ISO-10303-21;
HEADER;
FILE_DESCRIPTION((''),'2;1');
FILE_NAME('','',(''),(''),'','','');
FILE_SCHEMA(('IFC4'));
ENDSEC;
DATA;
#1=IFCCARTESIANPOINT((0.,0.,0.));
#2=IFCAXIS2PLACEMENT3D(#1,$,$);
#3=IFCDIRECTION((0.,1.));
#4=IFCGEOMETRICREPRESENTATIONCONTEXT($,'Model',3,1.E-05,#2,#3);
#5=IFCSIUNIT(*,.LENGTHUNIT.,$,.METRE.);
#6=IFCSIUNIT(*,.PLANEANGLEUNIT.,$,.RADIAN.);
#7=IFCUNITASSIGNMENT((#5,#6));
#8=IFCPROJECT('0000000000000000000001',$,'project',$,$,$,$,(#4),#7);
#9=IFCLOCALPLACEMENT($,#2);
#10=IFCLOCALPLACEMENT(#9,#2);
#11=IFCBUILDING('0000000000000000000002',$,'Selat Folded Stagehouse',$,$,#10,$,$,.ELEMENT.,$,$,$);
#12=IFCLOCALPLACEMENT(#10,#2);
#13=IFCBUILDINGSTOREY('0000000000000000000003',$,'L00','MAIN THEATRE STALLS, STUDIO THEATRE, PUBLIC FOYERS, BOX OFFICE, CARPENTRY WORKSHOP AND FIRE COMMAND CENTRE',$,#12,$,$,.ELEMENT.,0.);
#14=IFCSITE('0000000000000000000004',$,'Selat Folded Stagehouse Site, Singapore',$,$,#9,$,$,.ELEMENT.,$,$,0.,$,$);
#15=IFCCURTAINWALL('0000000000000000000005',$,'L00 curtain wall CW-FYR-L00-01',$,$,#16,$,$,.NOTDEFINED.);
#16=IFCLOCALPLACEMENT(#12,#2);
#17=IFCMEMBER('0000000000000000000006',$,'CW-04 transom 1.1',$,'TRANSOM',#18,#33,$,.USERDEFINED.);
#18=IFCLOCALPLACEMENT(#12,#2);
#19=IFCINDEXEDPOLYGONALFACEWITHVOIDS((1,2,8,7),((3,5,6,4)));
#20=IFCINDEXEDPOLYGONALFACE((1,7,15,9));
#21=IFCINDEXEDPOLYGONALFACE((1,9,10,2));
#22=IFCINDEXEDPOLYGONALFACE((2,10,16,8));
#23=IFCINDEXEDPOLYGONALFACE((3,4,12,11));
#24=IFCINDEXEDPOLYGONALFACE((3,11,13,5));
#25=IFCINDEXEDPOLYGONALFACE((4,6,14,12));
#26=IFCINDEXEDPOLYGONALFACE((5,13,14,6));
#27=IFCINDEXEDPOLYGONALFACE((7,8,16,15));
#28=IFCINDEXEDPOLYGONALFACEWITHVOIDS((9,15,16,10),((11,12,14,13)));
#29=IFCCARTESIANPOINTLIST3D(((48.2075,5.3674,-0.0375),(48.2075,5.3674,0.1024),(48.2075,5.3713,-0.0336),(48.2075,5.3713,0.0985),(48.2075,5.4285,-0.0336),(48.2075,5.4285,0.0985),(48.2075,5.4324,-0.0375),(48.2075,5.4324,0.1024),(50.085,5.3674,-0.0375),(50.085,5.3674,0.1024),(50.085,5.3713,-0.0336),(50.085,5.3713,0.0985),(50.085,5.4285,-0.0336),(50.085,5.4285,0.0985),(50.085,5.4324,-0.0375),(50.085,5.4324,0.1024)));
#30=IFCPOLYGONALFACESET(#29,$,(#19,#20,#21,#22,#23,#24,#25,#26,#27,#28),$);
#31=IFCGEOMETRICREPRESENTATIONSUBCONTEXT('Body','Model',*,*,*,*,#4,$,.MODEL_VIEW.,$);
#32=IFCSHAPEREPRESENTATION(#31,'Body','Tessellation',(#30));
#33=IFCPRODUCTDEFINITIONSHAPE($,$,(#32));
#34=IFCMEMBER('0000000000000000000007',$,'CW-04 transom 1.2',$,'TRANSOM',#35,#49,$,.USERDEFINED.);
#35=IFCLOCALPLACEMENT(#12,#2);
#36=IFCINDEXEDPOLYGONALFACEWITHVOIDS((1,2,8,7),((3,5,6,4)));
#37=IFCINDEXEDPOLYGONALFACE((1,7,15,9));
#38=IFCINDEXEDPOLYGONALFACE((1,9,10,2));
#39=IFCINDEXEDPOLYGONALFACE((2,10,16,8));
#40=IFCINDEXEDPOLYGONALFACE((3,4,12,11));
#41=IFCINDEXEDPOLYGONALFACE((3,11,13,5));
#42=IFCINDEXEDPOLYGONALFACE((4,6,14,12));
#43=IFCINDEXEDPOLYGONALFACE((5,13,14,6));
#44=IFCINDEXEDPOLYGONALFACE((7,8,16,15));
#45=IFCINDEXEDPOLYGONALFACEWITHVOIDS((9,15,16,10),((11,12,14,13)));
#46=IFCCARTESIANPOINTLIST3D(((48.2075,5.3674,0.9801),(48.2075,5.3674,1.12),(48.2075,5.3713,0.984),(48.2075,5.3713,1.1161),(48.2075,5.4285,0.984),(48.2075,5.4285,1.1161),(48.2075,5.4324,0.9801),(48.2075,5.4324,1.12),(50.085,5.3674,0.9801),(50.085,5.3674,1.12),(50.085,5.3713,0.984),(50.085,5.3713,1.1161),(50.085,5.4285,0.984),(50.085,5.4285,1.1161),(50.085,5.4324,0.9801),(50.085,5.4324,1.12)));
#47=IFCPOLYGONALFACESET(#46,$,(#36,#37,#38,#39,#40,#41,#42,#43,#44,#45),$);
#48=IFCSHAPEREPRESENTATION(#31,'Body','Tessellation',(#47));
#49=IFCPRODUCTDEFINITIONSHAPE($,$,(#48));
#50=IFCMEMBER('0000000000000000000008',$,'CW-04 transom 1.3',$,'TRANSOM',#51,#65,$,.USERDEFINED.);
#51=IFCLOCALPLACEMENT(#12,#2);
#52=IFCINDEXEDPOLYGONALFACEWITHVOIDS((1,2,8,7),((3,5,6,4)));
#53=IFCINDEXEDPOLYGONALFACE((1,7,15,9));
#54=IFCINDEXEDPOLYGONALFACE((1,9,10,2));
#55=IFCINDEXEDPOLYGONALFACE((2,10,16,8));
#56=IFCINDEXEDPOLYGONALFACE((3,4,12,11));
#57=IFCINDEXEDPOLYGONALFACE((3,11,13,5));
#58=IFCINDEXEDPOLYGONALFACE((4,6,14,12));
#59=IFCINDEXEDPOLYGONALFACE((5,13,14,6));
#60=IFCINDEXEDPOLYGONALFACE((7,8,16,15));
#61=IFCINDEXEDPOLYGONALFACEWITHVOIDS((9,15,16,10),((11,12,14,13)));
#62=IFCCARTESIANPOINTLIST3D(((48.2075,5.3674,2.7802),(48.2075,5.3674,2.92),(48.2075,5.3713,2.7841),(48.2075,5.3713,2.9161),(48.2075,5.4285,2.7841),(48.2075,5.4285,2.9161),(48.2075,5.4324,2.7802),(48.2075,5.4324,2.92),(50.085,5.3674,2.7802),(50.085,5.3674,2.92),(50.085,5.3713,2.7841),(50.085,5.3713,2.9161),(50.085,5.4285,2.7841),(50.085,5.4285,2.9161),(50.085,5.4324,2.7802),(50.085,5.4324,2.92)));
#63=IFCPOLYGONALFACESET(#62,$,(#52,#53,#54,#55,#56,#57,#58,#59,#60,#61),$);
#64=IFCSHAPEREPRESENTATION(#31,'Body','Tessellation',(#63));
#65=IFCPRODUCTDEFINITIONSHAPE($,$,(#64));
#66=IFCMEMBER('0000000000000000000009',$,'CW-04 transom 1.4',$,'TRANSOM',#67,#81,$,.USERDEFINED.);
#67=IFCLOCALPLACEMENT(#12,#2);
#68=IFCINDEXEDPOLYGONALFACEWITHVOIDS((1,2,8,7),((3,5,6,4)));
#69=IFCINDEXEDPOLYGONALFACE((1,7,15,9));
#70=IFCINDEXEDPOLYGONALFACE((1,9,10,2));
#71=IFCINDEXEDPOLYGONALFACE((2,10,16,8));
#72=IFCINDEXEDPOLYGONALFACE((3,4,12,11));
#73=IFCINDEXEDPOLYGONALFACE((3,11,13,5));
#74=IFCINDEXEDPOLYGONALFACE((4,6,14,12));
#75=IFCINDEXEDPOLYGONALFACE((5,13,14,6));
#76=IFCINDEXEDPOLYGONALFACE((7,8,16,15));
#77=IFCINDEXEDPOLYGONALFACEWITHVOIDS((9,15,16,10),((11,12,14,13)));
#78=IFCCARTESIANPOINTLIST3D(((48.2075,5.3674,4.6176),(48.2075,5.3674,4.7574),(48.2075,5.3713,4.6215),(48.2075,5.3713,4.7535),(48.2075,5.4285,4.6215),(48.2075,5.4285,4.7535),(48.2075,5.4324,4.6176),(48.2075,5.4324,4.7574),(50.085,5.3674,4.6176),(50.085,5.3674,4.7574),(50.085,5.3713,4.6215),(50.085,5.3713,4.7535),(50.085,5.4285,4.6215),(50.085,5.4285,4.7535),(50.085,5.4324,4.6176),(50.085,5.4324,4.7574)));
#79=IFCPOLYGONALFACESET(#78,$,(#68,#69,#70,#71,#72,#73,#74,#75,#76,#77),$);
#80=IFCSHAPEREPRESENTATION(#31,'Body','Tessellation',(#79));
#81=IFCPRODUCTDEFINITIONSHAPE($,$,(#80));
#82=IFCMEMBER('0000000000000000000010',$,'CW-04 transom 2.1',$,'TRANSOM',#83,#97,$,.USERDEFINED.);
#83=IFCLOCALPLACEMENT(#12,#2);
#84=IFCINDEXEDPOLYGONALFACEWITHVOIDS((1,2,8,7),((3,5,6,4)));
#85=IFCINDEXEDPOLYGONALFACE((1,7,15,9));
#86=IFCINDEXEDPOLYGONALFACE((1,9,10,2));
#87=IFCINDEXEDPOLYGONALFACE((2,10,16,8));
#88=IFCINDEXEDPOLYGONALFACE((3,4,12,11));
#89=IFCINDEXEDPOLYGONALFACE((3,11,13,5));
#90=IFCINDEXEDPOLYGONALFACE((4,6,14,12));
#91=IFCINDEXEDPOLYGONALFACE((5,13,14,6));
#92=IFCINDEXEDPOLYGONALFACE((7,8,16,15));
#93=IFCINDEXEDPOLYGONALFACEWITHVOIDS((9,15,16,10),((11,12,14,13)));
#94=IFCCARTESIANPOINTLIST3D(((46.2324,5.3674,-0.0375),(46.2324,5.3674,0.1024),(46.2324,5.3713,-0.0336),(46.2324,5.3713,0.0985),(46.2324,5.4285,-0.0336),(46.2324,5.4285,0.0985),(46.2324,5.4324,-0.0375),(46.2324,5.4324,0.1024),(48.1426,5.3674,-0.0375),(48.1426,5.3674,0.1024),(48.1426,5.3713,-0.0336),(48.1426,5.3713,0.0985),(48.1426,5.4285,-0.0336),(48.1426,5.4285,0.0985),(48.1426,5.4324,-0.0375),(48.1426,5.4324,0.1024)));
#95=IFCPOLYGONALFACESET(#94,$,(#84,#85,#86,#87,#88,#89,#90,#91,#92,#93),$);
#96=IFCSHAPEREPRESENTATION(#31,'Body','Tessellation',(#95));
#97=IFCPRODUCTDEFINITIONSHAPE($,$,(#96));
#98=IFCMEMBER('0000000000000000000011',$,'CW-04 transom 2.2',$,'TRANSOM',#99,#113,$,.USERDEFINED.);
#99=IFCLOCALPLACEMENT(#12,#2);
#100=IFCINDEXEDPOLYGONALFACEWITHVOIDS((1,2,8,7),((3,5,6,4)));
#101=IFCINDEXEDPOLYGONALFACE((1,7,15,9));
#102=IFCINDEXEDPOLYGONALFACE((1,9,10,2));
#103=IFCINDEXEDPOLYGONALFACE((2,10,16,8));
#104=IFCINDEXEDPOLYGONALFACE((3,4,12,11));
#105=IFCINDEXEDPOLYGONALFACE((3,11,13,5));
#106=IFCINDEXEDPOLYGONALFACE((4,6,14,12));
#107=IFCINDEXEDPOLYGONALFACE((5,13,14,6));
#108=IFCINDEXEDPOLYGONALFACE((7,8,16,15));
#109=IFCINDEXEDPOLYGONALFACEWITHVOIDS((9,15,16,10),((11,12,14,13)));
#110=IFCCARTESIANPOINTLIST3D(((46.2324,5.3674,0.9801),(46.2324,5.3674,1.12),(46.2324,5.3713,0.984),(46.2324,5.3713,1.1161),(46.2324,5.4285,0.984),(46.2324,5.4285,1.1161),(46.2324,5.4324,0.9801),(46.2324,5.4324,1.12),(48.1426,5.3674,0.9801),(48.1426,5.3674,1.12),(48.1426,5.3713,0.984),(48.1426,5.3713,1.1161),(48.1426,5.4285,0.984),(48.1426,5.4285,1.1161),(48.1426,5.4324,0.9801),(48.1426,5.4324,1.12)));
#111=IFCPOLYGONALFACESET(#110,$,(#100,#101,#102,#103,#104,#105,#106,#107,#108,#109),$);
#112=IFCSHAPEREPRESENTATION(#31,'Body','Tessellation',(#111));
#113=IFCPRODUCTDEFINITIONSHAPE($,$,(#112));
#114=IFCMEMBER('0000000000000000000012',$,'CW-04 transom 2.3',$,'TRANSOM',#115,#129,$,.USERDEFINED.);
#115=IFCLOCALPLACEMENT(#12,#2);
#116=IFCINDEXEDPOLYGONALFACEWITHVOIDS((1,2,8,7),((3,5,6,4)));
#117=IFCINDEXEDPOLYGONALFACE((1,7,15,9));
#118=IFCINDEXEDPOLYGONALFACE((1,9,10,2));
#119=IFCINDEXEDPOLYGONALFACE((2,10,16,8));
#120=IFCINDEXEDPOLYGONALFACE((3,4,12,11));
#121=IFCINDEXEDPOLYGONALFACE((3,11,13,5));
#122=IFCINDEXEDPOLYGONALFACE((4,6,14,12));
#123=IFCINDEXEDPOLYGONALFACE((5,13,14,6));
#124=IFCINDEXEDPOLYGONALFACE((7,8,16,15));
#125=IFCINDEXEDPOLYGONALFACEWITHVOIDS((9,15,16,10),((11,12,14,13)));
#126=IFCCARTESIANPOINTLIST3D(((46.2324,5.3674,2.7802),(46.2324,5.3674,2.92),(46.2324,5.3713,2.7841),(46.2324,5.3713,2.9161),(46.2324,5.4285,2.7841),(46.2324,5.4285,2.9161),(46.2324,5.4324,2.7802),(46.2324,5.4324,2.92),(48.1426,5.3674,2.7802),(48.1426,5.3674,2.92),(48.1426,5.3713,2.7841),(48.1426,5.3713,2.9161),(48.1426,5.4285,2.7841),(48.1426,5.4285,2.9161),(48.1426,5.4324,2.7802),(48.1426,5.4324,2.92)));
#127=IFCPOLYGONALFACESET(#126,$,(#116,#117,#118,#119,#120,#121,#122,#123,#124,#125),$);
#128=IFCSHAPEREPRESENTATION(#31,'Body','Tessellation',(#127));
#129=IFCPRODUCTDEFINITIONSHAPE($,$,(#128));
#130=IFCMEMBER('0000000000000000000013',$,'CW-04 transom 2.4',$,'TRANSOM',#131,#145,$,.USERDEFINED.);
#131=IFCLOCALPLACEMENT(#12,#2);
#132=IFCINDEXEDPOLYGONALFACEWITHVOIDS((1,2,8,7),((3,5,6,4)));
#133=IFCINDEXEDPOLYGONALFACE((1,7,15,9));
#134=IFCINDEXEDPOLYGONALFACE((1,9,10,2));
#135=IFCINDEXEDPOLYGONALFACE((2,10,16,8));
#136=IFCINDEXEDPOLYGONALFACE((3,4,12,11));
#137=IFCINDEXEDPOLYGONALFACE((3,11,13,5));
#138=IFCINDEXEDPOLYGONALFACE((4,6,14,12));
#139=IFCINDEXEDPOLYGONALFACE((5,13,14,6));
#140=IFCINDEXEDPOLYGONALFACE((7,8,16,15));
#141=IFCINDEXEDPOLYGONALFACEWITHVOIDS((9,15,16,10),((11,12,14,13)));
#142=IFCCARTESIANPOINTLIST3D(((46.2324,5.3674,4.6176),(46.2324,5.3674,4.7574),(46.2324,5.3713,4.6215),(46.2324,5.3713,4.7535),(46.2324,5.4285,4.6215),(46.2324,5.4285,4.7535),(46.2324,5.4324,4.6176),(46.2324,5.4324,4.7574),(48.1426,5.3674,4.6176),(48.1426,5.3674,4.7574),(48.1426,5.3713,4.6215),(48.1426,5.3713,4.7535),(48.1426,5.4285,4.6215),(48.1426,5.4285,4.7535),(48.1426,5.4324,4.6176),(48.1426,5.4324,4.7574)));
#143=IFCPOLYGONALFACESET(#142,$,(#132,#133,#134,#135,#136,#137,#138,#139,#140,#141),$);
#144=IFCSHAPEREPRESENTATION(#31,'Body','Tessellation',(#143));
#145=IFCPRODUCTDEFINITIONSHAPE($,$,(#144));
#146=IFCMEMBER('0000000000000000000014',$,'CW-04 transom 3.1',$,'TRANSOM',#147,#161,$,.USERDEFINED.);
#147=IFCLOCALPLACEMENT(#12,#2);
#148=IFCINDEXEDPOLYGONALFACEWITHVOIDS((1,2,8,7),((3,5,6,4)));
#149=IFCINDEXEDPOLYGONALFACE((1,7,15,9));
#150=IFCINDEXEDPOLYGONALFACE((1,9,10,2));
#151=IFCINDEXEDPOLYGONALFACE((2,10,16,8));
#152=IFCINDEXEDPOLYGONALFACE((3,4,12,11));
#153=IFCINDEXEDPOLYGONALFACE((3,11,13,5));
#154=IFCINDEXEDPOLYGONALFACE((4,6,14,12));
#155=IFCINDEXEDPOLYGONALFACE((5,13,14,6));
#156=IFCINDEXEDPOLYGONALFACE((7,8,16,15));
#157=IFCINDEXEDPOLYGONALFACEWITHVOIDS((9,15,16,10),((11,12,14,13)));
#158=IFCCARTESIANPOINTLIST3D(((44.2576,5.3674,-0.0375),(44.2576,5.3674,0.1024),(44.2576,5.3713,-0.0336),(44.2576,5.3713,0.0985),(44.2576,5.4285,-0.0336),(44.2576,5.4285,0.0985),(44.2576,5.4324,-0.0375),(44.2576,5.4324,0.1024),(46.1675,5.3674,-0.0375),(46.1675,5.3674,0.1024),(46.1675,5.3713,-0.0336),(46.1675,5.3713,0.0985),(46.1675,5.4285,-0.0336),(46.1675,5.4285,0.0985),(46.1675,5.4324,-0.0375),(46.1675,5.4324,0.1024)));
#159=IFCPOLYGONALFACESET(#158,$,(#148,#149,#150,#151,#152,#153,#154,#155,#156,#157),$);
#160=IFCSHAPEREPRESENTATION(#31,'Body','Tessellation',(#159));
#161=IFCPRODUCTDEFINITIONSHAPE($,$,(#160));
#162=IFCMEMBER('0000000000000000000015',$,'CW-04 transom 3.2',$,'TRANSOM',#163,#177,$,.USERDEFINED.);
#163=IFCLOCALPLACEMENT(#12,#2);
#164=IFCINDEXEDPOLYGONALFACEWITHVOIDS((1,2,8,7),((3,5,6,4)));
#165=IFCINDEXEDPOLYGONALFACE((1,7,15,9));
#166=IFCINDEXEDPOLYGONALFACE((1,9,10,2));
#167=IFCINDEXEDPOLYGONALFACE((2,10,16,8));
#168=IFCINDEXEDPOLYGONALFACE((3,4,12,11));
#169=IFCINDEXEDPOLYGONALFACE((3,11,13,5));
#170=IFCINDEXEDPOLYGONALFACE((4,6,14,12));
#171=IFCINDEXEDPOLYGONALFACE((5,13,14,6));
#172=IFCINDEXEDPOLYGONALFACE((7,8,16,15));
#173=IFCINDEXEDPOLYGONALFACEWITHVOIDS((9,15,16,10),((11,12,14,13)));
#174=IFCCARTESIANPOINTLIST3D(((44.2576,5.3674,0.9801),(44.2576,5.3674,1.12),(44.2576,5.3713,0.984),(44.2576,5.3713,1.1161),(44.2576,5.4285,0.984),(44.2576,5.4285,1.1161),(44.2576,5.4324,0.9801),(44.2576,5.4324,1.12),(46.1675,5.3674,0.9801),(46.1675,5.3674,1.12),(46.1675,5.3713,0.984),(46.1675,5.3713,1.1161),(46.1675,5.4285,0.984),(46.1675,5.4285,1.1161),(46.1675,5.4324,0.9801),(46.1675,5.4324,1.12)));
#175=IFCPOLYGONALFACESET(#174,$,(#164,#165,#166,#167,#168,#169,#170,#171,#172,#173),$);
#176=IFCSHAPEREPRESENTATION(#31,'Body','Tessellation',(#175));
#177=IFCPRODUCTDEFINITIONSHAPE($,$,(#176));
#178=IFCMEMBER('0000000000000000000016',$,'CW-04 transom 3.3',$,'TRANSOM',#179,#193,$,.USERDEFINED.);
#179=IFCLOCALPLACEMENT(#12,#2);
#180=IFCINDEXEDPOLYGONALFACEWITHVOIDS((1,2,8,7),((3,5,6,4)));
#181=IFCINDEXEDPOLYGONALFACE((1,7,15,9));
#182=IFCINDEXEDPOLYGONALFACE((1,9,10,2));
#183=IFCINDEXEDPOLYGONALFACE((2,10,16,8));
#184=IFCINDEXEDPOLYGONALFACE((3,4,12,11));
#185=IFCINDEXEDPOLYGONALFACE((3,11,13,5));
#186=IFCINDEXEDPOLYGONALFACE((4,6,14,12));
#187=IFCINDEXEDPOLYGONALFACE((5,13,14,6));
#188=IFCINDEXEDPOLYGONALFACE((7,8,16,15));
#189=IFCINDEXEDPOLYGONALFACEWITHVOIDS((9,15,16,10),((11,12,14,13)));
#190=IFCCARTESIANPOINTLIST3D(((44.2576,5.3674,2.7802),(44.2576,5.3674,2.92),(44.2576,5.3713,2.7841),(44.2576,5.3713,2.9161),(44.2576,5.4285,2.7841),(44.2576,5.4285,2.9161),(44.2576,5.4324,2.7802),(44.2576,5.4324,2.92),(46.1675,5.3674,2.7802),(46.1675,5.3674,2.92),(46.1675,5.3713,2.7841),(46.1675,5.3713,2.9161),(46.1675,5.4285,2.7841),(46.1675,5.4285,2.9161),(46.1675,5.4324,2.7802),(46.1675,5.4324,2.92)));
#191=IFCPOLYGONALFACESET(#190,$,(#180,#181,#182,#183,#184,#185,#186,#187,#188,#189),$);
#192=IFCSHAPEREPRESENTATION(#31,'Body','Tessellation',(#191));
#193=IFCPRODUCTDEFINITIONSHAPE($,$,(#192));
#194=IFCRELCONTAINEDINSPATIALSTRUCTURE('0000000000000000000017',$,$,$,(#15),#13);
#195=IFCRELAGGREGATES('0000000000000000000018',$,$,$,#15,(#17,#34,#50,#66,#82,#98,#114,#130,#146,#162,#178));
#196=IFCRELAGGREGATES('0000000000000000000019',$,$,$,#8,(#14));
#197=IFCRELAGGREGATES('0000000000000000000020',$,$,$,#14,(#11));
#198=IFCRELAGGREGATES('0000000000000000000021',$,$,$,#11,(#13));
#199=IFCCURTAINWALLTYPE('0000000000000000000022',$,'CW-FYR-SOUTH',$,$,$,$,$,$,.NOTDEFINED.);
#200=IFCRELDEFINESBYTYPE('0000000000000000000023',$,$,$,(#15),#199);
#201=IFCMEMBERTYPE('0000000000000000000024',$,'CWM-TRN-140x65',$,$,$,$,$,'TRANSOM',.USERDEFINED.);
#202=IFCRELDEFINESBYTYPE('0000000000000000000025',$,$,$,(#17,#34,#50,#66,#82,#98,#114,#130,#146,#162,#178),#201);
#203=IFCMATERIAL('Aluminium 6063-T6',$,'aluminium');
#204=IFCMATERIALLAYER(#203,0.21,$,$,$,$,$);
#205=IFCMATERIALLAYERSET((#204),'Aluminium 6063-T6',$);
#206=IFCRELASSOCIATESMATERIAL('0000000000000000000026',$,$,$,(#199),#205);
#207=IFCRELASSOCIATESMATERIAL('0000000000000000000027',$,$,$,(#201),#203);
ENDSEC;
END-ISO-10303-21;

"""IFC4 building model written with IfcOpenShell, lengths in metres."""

from ifc_helpers import new_model, si_unit, direction, frame, origin, origin_2d, place, context, subcontext, project, spatial, hollow_rectangle, extrude, material, layer, layer_set, material_profile, profile_set, type_object, element, aggregate, save


model = new_model("IFC4")

# Units and contexts
model_context = context("Model", 3, precision=1e-05, world=origin(), true_north=direction((0.0, 1.0)))
body_context = subcontext(model_context, "Body", "Model", "MODEL_VIEW")
ifc_project = project(units=[si_unit("LENGTHUNIT", "METRE"), si_unit("PLANEANGLEUNIT", "RADIAN")], contexts=[model_context])

# Site, building, storey
site_placement = place(None, origin())
site = spatial("IfcSite", under=ifc_project, at=site_placement, Name="Selat Folded Stagehouse Site, Singapore", CompositionType="ELEMENT", RefElevation=0.0)
building_placement = place(site_placement, origin())
building = spatial("IfcBuilding", under=site, at=building_placement, Name="Selat Folded Stagehouse", CompositionType="ELEMENT")
storey_placement = place(building_placement, origin())
storey = spatial("IfcBuildingStorey", under=building, at=storey_placement, Name="L00", Description="MAIN THEATRE STALLS, STUDIO THEATRE, PUBLIC FOYERS, BOX OFFICE, CARPENTRY WORKSHOP AND FIRE COMMAND CENTRE", CompositionType="ELEMENT", Elevation=0.0)

# Curtain wall, members
ifc_material_1 = material(Name="Aluminium 6063-T6", Category="aluminium")
ifc_layer_1 = layer(ifc_material_1, 0.21)
ifc_layer_set_1 = layer_set([ifc_layer_1], Name="Aluminium 6063-T6")
curtain_wall_type = type_object("IfcCurtainWallType", Name="CW-FYR-SOUTH", PredefinedType="NOTDEFINED", material=ifc_layer_set_1)
curtain_wall_placement = place(storey_placement, origin())
curtain_wall = element("IfcCurtainWall", 1, at=curtain_wall_placement, inside=storey, type_object=curtain_wall_type, Name="L00 curtain wall CW-FYR-L00-01", PredefinedType="NOTDEFINED")
ifc_material_profile_1 = material_profile(ifc_material_1, hollow_rectangle(XDim=0.0649, YDim=0.1399, WallThickness=0.0039, at=origin_2d()), Name="ALU 140x65x4.0")
ifc_profile_set_1 = profile_set([ifc_material_profile_1], Name="Aluminium 6063-T6")
member_type_1 = type_object("IfcMemberType", Name="CWM-TRN-140x65", ElementType="TRANSOM", PredefinedType="USERDEFINED", material=ifc_profile_set_1)
member_1_placement = place(storey_placement, frame((50.085, 5.3999, 0.0325), z_axis=(-1.0, 0.0, 0.0), x_axis=(0.0, -1.0, 0.0)))
member_1 = element("IfcMember", 2, at=member_1_placement, type_object=member_type_1, Name="CW-04 transom 1.1", ObjectType="TRANSOM", PredefinedType="USERDEFINED", context=body_context, shape_type="SweptSolid", body=[
    extrude(hollow_rectangle(XDim=0.0649, YDim=0.1399, WallThickness=0.0039, at=origin_2d()), origin(), (0.0, 0.0, 1.0), 1.8774),
])
member_2_placement = place(storey_placement, frame((50.085, 5.3999, 1.05), z_axis=(-1.0, 0.0, 0.0), x_axis=(0.0, -1.0, 0.0)))
member_2 = element("IfcMember", 3, at=member_2_placement, type_object=member_type_1, Name="CW-04 transom 1.2", ObjectType="TRANSOM", PredefinedType="USERDEFINED", context=body_context, shape_type="SweptSolid", body=[
    extrude(hollow_rectangle(XDim=0.0649, YDim=0.1399, WallThickness=0.0039, at=origin_2d()), origin(), (0.0, 0.0, 1.0), 1.8774),
])
member_3_placement = place(storey_placement, frame((50.085, 5.3999, 2.8501), z_axis=(-1.0, 0.0, 0.0), x_axis=(0.0, -1.0, 0.0)))
member_3 = element("IfcMember", 4, at=member_3_placement, type_object=member_type_1, Name="CW-04 transom 1.3", ObjectType="TRANSOM", PredefinedType="USERDEFINED", context=body_context, shape_type="SweptSolid", body=[
    extrude(hollow_rectangle(XDim=0.0649, YDim=0.1399, WallThickness=0.0039, at=origin_2d()), origin(), (0.0, 0.0, 1.0), 1.8774),
])
member_4_placement = place(storey_placement, frame((50.085, 5.3999, 4.6875), z_axis=(-1.0, 0.0, 0.0), x_axis=(0.0, -1.0, 0.0)))
member_4 = element("IfcMember", 5, at=member_4_placement, type_object=member_type_1, Name="CW-04 transom 1.4", ObjectType="TRANSOM", PredefinedType="USERDEFINED", context=body_context, shape_type="SweptSolid", body=[
    extrude(hollow_rectangle(XDim=0.0649, YDim=0.1399, WallThickness=0.0039, at=origin_2d()), origin(), (0.0, 0.0, 1.0), 1.8774),
])
member_5_placement = place(storey_placement, frame((48.1426, 5.3999, 0.0325), z_axis=(-1.0, 0.0, 0.0), x_axis=(0.0, -1.0, 0.0)))
member_5 = element("IfcMember", 6, at=member_5_placement, type_object=member_type_1, Name="CW-04 transom 2.1", ObjectType="TRANSOM", PredefinedType="USERDEFINED", context=body_context, shape_type="SweptSolid", body=[
    extrude(hollow_rectangle(XDim=0.0649, YDim=0.1399, WallThickness=0.0039, at=origin_2d()), origin(), (0.0, 0.0, 1.0), 1.9102),
])
member_6_placement = place(storey_placement, frame((48.1426, 5.3999, 1.05), z_axis=(-1.0, 0.0, 0.0), x_axis=(0.0, -1.0, 0.0)))
member_6 = element("IfcMember", 7, at=member_6_placement, type_object=member_type_1, Name="CW-04 transom 2.2", ObjectType="TRANSOM", PredefinedType="USERDEFINED", context=body_context, shape_type="SweptSolid", body=[
    extrude(hollow_rectangle(XDim=0.0649, YDim=0.1399, WallThickness=0.0039, at=origin_2d()), origin(), (0.0, 0.0, 1.0), 1.9102),
])
member_7_placement = place(storey_placement, frame((48.1426, 5.3999, 2.8501), z_axis=(-1.0, 0.0, 0.0), x_axis=(0.0, -1.0, 0.0)))
member_7 = element("IfcMember", 8, at=member_7_placement, type_object=member_type_1, Name="CW-04 transom 2.3", ObjectType="TRANSOM", PredefinedType="USERDEFINED", context=body_context, shape_type="SweptSolid", body=[
    extrude(hollow_rectangle(XDim=0.0649, YDim=0.1399, WallThickness=0.0039, at=origin_2d()), origin(), (0.0, 0.0, 1.0), 1.9102),
])
member_8_placement = place(storey_placement, frame((48.1426, 5.3999, 4.6875), z_axis=(-1.0, 0.0, 0.0), x_axis=(0.0, -1.0, 0.0)))
member_8 = element("IfcMember", 9, at=member_8_placement, type_object=member_type_1, Name="CW-04 transom 2.4", ObjectType="TRANSOM", PredefinedType="USERDEFINED", context=body_context, shape_type="SweptSolid", body=[
    extrude(hollow_rectangle(XDim=0.0649, YDim=0.1399, WallThickness=0.0039, at=origin_2d()), origin(), (0.0, 0.0, 1.0), 1.9102),
])
member_9_placement = place(storey_placement, frame((46.1675, 5.3999, 0.0325), z_axis=(-1.0, 0.0, 0.0), x_axis=(0.0, -1.0, 0.0)))
member_9 = element("IfcMember", 10, at=member_9_placement, type_object=member_type_1, Name="CW-04 transom 3.1", ObjectType="TRANSOM", PredefinedType="USERDEFINED", context=body_context, shape_type="SweptSolid", body=[
    extrude(hollow_rectangle(XDim=0.0649, YDim=0.1399, WallThickness=0.0039, at=origin_2d()), origin(), (0.0, 0.0, 1.0), 1.9099),
])
member_10_placement = place(storey_placement, frame((46.1675, 5.3999, 1.05), z_axis=(-1.0, 0.0, 0.0), x_axis=(0.0, -1.0, 0.0)))
member_10 = element("IfcMember", 11, at=member_10_placement, type_object=member_type_1, Name="CW-04 transom 3.2", ObjectType="TRANSOM", PredefinedType="USERDEFINED", context=body_context, shape_type="SweptSolid", body=[
    extrude(hollow_rectangle(XDim=0.0649, YDim=0.1399, WallThickness=0.0039, at=origin_2d()), origin(), (0.0, 0.0, 1.0), 1.9099),
])
member_11_placement = place(storey_placement, frame((46.1675, 5.3999, 2.8501), z_axis=(-1.0, 0.0, 0.0), x_axis=(0.0, -1.0, 0.0)))
member_11 = element("IfcMember", 12, at=member_11_placement, type_object=member_type_1, Name="CW-04 transom 3.3", ObjectType="TRANSOM", PredefinedType="USERDEFINED", context=body_context, shape_type="SweptSolid", body=[
    extrude(hollow_rectangle(XDim=0.0649, YDim=0.1399, WallThickness=0.0039, at=origin_2d()), origin(), (0.0, 0.0, 1.0), 1.9099),
])

aggregate(curtain_wall, [member_1, member_2, member_3, member_4, member_5, member_6, member_7, member_8, member_9, member_10, member_11])

save(model, "model.ifc")
